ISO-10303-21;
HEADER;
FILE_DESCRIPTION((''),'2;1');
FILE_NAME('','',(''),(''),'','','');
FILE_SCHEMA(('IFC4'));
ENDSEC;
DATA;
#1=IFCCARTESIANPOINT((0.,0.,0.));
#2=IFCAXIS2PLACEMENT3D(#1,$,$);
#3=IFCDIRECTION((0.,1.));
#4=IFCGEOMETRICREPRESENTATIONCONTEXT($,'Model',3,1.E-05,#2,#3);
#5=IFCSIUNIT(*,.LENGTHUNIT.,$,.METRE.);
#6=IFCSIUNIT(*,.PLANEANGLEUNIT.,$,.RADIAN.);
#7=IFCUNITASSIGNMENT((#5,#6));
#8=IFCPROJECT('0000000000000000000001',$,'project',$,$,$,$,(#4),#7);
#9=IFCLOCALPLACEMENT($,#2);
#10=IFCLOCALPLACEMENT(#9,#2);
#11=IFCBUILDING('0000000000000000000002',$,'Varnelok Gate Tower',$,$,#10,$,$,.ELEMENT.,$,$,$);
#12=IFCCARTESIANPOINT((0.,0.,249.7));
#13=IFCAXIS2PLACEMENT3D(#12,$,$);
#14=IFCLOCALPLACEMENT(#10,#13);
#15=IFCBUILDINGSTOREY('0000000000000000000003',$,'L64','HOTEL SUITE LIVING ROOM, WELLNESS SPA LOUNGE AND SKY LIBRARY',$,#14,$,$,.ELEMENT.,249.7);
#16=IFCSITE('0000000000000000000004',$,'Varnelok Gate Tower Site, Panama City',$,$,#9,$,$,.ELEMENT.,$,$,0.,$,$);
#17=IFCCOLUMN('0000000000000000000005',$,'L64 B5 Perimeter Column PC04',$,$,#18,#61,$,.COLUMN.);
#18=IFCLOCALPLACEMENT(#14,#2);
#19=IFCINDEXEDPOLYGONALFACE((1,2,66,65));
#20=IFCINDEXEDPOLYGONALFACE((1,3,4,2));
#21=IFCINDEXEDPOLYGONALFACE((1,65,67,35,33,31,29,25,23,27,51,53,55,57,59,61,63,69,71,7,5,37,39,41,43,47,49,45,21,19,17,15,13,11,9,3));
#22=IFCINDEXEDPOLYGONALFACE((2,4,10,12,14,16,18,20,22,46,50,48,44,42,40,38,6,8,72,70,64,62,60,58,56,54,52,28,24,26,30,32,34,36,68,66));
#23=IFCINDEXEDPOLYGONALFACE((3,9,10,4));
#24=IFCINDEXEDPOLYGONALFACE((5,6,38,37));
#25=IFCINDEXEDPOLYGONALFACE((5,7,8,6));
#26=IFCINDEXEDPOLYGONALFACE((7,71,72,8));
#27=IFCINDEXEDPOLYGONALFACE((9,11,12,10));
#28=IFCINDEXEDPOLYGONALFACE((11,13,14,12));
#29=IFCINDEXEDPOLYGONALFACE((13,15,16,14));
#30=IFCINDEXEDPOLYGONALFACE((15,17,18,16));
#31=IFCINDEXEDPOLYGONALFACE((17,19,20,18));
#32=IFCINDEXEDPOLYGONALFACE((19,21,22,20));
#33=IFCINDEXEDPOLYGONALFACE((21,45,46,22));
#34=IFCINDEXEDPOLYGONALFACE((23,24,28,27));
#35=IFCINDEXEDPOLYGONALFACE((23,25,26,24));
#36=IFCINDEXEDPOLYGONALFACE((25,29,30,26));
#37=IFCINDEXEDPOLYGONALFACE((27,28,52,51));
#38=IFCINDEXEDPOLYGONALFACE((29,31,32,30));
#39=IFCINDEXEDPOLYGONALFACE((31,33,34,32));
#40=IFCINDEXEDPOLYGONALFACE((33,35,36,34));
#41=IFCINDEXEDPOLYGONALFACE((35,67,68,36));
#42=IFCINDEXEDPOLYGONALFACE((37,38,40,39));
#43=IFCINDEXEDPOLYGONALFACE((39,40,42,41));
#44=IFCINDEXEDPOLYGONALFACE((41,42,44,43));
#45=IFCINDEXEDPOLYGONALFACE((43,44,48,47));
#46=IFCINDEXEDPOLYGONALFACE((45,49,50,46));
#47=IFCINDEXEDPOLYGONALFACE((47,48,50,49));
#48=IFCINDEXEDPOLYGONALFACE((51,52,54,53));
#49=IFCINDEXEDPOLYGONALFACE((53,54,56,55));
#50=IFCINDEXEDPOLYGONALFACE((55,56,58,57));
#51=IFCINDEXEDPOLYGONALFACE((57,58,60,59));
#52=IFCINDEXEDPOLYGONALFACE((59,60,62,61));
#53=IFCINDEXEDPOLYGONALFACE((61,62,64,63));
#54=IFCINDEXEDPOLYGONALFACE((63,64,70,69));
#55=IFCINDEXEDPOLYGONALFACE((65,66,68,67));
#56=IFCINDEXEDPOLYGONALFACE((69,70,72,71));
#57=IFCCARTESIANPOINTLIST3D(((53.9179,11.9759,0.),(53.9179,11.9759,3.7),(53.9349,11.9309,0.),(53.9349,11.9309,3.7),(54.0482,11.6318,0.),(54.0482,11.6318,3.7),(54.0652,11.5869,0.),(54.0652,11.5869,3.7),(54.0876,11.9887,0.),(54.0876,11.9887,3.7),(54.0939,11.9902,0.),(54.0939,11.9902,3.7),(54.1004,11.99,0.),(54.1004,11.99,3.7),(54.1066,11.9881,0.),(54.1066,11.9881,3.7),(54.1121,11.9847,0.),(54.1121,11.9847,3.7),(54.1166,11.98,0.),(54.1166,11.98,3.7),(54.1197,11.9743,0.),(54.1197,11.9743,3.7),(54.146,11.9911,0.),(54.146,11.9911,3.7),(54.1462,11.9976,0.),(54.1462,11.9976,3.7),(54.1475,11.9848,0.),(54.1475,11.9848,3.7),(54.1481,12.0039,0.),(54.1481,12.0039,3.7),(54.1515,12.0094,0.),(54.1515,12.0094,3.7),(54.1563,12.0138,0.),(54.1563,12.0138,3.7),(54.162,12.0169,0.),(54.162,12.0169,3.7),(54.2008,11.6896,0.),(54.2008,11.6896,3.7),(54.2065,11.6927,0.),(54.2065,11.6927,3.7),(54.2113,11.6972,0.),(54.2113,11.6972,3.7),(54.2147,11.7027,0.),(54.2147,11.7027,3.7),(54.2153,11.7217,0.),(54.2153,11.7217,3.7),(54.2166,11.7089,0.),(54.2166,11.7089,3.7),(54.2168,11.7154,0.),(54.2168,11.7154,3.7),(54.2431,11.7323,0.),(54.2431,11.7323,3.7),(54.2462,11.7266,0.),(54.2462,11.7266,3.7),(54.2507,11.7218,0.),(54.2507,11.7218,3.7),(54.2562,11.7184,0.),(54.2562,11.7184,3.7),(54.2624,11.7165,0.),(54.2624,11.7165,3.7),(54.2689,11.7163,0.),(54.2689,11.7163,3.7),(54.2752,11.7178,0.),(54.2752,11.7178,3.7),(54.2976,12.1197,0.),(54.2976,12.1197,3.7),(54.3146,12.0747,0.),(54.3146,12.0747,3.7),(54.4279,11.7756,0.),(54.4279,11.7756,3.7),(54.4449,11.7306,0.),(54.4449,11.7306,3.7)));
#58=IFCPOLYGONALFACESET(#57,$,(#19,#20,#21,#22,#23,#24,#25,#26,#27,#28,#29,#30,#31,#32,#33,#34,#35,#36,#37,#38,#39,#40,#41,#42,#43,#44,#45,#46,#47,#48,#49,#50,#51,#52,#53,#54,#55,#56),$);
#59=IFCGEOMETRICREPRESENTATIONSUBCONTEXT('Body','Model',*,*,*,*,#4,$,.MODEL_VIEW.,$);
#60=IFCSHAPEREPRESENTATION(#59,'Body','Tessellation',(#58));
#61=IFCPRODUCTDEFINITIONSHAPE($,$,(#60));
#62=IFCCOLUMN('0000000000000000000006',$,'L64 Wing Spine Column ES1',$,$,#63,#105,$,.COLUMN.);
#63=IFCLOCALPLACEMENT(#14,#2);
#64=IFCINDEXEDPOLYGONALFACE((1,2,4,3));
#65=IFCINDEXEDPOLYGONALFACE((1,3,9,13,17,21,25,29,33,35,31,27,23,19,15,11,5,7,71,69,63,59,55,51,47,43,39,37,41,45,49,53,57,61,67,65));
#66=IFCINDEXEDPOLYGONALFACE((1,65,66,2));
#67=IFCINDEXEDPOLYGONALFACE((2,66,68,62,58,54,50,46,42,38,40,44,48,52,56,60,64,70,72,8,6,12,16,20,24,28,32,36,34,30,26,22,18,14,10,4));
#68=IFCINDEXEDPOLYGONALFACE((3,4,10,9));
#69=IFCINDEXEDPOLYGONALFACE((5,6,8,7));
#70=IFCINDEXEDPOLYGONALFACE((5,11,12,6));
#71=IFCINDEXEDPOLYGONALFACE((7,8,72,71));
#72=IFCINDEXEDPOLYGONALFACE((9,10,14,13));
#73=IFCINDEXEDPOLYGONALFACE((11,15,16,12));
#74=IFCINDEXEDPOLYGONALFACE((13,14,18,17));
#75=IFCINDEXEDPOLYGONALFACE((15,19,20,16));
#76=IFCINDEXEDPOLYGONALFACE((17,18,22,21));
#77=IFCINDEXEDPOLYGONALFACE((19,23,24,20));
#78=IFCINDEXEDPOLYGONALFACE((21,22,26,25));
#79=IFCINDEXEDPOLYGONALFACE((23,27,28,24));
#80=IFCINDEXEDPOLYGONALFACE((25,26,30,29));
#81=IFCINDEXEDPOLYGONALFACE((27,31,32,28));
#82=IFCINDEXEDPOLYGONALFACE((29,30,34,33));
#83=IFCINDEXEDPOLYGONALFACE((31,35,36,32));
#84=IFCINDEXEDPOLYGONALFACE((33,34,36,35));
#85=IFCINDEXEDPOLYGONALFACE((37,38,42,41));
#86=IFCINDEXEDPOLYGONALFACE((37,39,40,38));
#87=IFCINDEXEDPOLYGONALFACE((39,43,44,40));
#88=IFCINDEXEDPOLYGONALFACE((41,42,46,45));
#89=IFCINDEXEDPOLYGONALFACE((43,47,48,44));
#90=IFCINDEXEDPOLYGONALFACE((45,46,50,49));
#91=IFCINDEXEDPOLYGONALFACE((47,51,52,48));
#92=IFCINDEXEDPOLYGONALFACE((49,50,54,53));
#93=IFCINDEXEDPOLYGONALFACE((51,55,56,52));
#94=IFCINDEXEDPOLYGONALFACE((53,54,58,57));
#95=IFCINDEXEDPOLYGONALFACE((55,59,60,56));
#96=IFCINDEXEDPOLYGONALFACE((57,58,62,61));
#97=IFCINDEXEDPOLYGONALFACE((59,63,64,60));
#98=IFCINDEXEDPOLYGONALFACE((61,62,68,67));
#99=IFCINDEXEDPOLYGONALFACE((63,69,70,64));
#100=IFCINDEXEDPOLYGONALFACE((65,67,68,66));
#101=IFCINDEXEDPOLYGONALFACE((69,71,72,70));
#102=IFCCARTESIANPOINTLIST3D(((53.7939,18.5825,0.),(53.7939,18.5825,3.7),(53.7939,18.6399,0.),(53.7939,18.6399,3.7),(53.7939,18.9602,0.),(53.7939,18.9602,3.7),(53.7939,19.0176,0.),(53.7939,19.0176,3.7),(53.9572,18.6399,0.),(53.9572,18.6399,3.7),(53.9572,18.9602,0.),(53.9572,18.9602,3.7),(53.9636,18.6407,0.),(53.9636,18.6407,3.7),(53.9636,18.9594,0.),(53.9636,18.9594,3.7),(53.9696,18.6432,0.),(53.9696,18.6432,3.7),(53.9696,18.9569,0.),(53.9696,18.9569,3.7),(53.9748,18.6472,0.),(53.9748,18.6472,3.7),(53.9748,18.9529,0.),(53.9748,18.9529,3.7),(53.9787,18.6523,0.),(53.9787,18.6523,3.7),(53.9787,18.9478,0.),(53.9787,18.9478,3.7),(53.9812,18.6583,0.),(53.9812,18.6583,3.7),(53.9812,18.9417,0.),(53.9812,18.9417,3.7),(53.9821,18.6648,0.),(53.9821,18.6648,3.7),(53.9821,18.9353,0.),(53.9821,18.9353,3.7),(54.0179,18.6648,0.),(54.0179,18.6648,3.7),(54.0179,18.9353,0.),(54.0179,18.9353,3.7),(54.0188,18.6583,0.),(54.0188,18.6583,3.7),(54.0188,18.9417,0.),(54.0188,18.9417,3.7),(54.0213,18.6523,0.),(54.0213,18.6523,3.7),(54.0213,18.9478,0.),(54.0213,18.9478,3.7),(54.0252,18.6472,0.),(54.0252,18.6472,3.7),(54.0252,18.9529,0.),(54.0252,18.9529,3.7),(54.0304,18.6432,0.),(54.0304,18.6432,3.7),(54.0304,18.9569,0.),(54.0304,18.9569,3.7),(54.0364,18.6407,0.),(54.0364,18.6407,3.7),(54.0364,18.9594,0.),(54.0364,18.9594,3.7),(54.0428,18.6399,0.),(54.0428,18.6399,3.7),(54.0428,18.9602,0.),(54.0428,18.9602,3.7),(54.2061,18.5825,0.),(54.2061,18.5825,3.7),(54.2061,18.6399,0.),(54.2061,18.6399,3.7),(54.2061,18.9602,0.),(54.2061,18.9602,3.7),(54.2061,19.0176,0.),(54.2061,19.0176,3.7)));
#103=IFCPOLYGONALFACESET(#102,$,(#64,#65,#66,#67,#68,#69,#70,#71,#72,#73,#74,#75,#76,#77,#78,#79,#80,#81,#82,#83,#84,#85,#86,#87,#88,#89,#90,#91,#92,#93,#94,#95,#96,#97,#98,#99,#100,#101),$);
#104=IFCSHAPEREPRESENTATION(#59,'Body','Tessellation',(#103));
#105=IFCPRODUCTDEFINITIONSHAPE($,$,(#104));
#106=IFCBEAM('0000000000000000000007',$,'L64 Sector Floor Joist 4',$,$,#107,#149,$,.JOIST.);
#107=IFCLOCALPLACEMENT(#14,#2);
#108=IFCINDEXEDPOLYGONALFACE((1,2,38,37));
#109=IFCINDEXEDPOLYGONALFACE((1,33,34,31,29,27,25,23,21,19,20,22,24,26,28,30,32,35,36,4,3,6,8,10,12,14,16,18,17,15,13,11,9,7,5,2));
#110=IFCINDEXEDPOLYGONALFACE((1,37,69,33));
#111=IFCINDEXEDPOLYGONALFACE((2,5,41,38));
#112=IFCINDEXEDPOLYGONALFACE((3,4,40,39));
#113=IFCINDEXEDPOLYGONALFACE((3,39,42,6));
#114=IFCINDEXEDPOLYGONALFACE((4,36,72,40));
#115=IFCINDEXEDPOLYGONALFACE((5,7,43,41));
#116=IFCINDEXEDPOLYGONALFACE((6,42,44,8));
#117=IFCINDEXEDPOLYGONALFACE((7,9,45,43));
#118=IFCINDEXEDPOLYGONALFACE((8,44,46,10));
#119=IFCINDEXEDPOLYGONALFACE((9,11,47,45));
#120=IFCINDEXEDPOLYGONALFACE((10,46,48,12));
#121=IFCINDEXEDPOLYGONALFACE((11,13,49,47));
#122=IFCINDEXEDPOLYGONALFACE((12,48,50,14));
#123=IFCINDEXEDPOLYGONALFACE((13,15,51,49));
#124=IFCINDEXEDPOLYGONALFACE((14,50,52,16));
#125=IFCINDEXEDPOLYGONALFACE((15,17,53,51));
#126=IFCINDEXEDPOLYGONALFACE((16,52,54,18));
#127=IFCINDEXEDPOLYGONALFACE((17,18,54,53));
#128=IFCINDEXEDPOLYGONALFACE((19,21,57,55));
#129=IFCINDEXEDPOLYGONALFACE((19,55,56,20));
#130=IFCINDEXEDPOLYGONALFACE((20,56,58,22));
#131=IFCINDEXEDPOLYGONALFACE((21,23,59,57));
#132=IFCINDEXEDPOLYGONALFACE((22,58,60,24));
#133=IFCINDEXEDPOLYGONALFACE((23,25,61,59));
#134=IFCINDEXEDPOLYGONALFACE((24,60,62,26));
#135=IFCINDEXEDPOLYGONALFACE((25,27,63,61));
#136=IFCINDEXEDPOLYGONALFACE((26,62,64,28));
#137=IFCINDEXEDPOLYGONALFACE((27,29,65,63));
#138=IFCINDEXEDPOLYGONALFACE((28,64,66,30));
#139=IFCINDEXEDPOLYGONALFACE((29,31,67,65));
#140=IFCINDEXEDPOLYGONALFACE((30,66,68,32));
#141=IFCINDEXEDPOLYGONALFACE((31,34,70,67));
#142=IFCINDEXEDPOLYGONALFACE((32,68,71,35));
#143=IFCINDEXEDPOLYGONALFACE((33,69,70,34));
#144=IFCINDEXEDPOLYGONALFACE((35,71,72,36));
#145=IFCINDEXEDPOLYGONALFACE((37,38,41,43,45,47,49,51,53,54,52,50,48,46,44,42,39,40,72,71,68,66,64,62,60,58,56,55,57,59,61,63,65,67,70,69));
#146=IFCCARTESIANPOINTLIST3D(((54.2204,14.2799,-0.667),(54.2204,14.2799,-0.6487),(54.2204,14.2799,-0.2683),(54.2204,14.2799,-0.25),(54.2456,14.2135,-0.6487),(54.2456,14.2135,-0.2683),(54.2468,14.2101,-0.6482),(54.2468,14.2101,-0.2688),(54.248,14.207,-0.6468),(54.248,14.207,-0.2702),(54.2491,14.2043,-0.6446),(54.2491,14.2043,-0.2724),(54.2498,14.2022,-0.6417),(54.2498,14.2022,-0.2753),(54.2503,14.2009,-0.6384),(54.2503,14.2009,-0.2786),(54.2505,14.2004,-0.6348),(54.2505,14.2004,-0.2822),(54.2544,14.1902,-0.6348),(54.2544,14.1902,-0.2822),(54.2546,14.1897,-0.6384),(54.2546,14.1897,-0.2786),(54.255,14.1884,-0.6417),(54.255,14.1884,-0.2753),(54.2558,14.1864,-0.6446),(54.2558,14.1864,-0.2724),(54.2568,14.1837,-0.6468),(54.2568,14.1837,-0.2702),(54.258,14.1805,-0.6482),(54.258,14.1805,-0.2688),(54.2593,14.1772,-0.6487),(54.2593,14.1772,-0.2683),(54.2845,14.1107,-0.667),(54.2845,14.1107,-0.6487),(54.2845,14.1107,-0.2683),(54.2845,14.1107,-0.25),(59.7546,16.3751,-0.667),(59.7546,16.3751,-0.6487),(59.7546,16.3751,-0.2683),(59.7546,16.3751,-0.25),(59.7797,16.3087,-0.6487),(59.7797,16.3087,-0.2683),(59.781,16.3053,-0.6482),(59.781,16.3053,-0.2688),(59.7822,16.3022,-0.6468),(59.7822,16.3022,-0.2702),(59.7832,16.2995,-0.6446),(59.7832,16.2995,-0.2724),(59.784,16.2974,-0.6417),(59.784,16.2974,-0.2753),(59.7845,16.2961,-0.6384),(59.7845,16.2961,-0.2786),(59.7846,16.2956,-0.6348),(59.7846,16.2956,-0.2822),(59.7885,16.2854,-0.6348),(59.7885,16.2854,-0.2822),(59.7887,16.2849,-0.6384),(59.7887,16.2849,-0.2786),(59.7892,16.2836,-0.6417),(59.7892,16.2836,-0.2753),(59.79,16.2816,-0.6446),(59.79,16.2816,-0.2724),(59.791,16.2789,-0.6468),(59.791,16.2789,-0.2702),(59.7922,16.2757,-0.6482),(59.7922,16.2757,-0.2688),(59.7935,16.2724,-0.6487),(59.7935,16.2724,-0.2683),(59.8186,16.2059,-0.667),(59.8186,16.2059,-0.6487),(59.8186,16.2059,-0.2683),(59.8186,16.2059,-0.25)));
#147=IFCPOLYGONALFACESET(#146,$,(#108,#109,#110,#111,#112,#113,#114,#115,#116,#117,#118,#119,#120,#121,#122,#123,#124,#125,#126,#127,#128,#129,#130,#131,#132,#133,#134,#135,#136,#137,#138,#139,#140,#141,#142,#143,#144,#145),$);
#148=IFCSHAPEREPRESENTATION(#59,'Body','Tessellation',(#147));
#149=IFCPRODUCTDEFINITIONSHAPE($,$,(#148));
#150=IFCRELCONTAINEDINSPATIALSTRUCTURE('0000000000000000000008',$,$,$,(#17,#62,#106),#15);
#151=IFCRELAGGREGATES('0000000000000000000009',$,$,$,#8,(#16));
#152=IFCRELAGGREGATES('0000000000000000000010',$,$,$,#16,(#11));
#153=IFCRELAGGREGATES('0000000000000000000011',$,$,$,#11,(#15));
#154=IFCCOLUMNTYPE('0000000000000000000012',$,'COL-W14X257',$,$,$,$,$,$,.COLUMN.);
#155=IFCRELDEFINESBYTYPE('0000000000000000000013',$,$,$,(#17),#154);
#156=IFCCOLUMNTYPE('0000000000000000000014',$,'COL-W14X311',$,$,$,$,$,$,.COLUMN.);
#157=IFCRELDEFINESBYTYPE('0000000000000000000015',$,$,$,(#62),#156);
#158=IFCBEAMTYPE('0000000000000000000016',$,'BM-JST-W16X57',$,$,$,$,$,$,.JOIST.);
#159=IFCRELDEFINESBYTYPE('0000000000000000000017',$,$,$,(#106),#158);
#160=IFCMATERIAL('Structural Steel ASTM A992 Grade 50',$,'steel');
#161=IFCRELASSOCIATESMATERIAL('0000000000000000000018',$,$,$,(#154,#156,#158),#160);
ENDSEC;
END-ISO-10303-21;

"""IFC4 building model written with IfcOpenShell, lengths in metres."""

from ifc_helpers import new_model, si_unit, direction, frame, origin, origin_2d, place, context, subcontext, project, spatial, i_section, extrude, material, material_profile, profile_set, type_object, element, save


model = new_model("IFC4")

# Units and contexts
model_context = context("Model", 3, precision=1e-05, world=origin(), true_north=direction((0.0, 1.0)))
body_context = subcontext(model_context, "Body", "Model", "MODEL_VIEW")
ifc_project = project(units=[si_unit("LENGTHUNIT", "METRE"), si_unit("PLANEANGLEUNIT", "RADIAN")], contexts=[model_context])

# Site, building, storey
site_placement = place(None, origin())
site = spatial("IfcSite", under=ifc_project, at=site_placement, Name="Varnelok Gate Tower Site, Panama City", CompositionType="ELEMENT", RefElevation=0.0)
building_placement = place(site_placement, origin())
building = spatial("IfcBuilding", under=site, at=building_placement, Name="Varnelok Gate Tower", CompositionType="ELEMENT")
storey_placement = place(building_placement, frame((0.0, 0.0, 249.7)))
storey = spatial("IfcBuildingStorey", under=building, at=storey_placement, Name="L64", Description="HOTEL SUITE LIVING ROOM, WELLNESS SPA LOUNGE AND SKY LIBRARY", CompositionType="ELEMENT", Elevation=249.7)

# Columns
ifc_material_1 = material(Name="Structural Steel ASTM A992 Grade 50", Category="steel")
ifc_material_profile_1 = material_profile(ifc_material_1, i_section(OverallWidth=0.406, OverallDepth=0.416, WebThickness=0.0298, FlangeThickness=0.0481, FilletRadius=0.0249, at=origin_2d()), Name="W14X257")
ifc_profile_set_1 = profile_set([ifc_material_profile_1], Name="Structural Steel ASTM A992 Grade 50")
column_type_1 = type_object("IfcColumnType", Name="COL-W14X257", PredefinedType="COLUMN", material=ifc_profile_set_1)
column_1_placement = place(storey_placement, frame((54.1814, 11.8533, 0.0), z_axis=(0.0, 0.0, 1.0), x_axis=(0.935222, 0.354063, 0.0)))
element("IfcColumn", 1, at=column_1_placement, inside=storey, type_object=column_type_1, Name="L64 B5 Perimeter Column PC04", PredefinedType="COLUMN", context=body_context, shape_type="SweptSolid", body=[
    extrude(i_section(OverallWidth=0.406, OverallDepth=0.416, WebThickness=0.0298, FlangeThickness=0.0481, FilletRadius=0.0249, at=origin_2d()), origin(), (0.0, 0.0, 1.0), 3.7),
])
ifc_material_profile_2 = material_profile(ifc_material_1, i_section(OverallWidth=0.4121, OverallDepth=0.4351, WebThickness=0.0359, FlangeThickness=0.0574, FilletRadius=0.0249, at=origin_2d()), Name="W14X311")
ifc_profile_set_2 = profile_set([ifc_material_profile_2], Name="Structural Steel ASTM A992 Grade 50")
column_type_2 = type_object("IfcColumnType", Name="COL-W14X311", PredefinedType="COLUMN", material=ifc_profile_set_2)
column_2_placement = place(storey_placement, frame((54.0, 18.8, 0.0), z_axis=(0.0, 0.0, 1.0), x_axis=(1.0, 0.0, 0.0)))
element("IfcColumn", 2, at=column_2_placement, inside=storey, type_object=column_type_2, Name="L64 Wing Spine Column ES1", PredefinedType="COLUMN", context=body_context, shape_type="SweptSolid", body=[
    extrude(i_section(OverallWidth=0.4121, OverallDepth=0.4351, WebThickness=0.0359, FlangeThickness=0.0574, FilletRadius=0.0249, at=origin_2d()), origin(), (0.0, 0.0, 1.0), 3.7),
])

# Beam
ifc_material_profile_3 = material_profile(ifc_material_1, i_section(OverallWidth=0.1809, OverallDepth=0.417, WebThickness=0.011, FlangeThickness=0.0183, FilletRadius=0.0139, at=origin_2d()), Name="W16X57")
ifc_profile_set_3 = profile_set([ifc_material_profile_3], Name="Structural Steel ASTM A992 Grade 50")
beam_type_1 = type_object("IfcBeamType", Name="BM-JST-W16X57", PredefinedType="JOIST", material=ifc_profile_set_3)
beam_1_placement = place(storey_placement, frame((54.2524, 14.1953, -0.4585), z_axis=(0.935219, 0.35407, 0.0), x_axis=(-0.35407, 0.935219, 0.0)))
element("IfcBeam", 3, at=beam_1_placement, inside=storey, type_object=beam_type_1, Name="L64 Sector Floor Joist 4", PredefinedType="JOIST", context=body_context, shape_type="SweptSolid", body=[
    extrude(i_section(OverallWidth=0.1809, OverallDepth=0.417, WebThickness=0.011, FlangeThickness=0.0183, FilletRadius=0.0139, at=origin_2d()), origin(), (0.0, 0.0, 1.0), 5.9175),
])

save(model, "model.ifc")
